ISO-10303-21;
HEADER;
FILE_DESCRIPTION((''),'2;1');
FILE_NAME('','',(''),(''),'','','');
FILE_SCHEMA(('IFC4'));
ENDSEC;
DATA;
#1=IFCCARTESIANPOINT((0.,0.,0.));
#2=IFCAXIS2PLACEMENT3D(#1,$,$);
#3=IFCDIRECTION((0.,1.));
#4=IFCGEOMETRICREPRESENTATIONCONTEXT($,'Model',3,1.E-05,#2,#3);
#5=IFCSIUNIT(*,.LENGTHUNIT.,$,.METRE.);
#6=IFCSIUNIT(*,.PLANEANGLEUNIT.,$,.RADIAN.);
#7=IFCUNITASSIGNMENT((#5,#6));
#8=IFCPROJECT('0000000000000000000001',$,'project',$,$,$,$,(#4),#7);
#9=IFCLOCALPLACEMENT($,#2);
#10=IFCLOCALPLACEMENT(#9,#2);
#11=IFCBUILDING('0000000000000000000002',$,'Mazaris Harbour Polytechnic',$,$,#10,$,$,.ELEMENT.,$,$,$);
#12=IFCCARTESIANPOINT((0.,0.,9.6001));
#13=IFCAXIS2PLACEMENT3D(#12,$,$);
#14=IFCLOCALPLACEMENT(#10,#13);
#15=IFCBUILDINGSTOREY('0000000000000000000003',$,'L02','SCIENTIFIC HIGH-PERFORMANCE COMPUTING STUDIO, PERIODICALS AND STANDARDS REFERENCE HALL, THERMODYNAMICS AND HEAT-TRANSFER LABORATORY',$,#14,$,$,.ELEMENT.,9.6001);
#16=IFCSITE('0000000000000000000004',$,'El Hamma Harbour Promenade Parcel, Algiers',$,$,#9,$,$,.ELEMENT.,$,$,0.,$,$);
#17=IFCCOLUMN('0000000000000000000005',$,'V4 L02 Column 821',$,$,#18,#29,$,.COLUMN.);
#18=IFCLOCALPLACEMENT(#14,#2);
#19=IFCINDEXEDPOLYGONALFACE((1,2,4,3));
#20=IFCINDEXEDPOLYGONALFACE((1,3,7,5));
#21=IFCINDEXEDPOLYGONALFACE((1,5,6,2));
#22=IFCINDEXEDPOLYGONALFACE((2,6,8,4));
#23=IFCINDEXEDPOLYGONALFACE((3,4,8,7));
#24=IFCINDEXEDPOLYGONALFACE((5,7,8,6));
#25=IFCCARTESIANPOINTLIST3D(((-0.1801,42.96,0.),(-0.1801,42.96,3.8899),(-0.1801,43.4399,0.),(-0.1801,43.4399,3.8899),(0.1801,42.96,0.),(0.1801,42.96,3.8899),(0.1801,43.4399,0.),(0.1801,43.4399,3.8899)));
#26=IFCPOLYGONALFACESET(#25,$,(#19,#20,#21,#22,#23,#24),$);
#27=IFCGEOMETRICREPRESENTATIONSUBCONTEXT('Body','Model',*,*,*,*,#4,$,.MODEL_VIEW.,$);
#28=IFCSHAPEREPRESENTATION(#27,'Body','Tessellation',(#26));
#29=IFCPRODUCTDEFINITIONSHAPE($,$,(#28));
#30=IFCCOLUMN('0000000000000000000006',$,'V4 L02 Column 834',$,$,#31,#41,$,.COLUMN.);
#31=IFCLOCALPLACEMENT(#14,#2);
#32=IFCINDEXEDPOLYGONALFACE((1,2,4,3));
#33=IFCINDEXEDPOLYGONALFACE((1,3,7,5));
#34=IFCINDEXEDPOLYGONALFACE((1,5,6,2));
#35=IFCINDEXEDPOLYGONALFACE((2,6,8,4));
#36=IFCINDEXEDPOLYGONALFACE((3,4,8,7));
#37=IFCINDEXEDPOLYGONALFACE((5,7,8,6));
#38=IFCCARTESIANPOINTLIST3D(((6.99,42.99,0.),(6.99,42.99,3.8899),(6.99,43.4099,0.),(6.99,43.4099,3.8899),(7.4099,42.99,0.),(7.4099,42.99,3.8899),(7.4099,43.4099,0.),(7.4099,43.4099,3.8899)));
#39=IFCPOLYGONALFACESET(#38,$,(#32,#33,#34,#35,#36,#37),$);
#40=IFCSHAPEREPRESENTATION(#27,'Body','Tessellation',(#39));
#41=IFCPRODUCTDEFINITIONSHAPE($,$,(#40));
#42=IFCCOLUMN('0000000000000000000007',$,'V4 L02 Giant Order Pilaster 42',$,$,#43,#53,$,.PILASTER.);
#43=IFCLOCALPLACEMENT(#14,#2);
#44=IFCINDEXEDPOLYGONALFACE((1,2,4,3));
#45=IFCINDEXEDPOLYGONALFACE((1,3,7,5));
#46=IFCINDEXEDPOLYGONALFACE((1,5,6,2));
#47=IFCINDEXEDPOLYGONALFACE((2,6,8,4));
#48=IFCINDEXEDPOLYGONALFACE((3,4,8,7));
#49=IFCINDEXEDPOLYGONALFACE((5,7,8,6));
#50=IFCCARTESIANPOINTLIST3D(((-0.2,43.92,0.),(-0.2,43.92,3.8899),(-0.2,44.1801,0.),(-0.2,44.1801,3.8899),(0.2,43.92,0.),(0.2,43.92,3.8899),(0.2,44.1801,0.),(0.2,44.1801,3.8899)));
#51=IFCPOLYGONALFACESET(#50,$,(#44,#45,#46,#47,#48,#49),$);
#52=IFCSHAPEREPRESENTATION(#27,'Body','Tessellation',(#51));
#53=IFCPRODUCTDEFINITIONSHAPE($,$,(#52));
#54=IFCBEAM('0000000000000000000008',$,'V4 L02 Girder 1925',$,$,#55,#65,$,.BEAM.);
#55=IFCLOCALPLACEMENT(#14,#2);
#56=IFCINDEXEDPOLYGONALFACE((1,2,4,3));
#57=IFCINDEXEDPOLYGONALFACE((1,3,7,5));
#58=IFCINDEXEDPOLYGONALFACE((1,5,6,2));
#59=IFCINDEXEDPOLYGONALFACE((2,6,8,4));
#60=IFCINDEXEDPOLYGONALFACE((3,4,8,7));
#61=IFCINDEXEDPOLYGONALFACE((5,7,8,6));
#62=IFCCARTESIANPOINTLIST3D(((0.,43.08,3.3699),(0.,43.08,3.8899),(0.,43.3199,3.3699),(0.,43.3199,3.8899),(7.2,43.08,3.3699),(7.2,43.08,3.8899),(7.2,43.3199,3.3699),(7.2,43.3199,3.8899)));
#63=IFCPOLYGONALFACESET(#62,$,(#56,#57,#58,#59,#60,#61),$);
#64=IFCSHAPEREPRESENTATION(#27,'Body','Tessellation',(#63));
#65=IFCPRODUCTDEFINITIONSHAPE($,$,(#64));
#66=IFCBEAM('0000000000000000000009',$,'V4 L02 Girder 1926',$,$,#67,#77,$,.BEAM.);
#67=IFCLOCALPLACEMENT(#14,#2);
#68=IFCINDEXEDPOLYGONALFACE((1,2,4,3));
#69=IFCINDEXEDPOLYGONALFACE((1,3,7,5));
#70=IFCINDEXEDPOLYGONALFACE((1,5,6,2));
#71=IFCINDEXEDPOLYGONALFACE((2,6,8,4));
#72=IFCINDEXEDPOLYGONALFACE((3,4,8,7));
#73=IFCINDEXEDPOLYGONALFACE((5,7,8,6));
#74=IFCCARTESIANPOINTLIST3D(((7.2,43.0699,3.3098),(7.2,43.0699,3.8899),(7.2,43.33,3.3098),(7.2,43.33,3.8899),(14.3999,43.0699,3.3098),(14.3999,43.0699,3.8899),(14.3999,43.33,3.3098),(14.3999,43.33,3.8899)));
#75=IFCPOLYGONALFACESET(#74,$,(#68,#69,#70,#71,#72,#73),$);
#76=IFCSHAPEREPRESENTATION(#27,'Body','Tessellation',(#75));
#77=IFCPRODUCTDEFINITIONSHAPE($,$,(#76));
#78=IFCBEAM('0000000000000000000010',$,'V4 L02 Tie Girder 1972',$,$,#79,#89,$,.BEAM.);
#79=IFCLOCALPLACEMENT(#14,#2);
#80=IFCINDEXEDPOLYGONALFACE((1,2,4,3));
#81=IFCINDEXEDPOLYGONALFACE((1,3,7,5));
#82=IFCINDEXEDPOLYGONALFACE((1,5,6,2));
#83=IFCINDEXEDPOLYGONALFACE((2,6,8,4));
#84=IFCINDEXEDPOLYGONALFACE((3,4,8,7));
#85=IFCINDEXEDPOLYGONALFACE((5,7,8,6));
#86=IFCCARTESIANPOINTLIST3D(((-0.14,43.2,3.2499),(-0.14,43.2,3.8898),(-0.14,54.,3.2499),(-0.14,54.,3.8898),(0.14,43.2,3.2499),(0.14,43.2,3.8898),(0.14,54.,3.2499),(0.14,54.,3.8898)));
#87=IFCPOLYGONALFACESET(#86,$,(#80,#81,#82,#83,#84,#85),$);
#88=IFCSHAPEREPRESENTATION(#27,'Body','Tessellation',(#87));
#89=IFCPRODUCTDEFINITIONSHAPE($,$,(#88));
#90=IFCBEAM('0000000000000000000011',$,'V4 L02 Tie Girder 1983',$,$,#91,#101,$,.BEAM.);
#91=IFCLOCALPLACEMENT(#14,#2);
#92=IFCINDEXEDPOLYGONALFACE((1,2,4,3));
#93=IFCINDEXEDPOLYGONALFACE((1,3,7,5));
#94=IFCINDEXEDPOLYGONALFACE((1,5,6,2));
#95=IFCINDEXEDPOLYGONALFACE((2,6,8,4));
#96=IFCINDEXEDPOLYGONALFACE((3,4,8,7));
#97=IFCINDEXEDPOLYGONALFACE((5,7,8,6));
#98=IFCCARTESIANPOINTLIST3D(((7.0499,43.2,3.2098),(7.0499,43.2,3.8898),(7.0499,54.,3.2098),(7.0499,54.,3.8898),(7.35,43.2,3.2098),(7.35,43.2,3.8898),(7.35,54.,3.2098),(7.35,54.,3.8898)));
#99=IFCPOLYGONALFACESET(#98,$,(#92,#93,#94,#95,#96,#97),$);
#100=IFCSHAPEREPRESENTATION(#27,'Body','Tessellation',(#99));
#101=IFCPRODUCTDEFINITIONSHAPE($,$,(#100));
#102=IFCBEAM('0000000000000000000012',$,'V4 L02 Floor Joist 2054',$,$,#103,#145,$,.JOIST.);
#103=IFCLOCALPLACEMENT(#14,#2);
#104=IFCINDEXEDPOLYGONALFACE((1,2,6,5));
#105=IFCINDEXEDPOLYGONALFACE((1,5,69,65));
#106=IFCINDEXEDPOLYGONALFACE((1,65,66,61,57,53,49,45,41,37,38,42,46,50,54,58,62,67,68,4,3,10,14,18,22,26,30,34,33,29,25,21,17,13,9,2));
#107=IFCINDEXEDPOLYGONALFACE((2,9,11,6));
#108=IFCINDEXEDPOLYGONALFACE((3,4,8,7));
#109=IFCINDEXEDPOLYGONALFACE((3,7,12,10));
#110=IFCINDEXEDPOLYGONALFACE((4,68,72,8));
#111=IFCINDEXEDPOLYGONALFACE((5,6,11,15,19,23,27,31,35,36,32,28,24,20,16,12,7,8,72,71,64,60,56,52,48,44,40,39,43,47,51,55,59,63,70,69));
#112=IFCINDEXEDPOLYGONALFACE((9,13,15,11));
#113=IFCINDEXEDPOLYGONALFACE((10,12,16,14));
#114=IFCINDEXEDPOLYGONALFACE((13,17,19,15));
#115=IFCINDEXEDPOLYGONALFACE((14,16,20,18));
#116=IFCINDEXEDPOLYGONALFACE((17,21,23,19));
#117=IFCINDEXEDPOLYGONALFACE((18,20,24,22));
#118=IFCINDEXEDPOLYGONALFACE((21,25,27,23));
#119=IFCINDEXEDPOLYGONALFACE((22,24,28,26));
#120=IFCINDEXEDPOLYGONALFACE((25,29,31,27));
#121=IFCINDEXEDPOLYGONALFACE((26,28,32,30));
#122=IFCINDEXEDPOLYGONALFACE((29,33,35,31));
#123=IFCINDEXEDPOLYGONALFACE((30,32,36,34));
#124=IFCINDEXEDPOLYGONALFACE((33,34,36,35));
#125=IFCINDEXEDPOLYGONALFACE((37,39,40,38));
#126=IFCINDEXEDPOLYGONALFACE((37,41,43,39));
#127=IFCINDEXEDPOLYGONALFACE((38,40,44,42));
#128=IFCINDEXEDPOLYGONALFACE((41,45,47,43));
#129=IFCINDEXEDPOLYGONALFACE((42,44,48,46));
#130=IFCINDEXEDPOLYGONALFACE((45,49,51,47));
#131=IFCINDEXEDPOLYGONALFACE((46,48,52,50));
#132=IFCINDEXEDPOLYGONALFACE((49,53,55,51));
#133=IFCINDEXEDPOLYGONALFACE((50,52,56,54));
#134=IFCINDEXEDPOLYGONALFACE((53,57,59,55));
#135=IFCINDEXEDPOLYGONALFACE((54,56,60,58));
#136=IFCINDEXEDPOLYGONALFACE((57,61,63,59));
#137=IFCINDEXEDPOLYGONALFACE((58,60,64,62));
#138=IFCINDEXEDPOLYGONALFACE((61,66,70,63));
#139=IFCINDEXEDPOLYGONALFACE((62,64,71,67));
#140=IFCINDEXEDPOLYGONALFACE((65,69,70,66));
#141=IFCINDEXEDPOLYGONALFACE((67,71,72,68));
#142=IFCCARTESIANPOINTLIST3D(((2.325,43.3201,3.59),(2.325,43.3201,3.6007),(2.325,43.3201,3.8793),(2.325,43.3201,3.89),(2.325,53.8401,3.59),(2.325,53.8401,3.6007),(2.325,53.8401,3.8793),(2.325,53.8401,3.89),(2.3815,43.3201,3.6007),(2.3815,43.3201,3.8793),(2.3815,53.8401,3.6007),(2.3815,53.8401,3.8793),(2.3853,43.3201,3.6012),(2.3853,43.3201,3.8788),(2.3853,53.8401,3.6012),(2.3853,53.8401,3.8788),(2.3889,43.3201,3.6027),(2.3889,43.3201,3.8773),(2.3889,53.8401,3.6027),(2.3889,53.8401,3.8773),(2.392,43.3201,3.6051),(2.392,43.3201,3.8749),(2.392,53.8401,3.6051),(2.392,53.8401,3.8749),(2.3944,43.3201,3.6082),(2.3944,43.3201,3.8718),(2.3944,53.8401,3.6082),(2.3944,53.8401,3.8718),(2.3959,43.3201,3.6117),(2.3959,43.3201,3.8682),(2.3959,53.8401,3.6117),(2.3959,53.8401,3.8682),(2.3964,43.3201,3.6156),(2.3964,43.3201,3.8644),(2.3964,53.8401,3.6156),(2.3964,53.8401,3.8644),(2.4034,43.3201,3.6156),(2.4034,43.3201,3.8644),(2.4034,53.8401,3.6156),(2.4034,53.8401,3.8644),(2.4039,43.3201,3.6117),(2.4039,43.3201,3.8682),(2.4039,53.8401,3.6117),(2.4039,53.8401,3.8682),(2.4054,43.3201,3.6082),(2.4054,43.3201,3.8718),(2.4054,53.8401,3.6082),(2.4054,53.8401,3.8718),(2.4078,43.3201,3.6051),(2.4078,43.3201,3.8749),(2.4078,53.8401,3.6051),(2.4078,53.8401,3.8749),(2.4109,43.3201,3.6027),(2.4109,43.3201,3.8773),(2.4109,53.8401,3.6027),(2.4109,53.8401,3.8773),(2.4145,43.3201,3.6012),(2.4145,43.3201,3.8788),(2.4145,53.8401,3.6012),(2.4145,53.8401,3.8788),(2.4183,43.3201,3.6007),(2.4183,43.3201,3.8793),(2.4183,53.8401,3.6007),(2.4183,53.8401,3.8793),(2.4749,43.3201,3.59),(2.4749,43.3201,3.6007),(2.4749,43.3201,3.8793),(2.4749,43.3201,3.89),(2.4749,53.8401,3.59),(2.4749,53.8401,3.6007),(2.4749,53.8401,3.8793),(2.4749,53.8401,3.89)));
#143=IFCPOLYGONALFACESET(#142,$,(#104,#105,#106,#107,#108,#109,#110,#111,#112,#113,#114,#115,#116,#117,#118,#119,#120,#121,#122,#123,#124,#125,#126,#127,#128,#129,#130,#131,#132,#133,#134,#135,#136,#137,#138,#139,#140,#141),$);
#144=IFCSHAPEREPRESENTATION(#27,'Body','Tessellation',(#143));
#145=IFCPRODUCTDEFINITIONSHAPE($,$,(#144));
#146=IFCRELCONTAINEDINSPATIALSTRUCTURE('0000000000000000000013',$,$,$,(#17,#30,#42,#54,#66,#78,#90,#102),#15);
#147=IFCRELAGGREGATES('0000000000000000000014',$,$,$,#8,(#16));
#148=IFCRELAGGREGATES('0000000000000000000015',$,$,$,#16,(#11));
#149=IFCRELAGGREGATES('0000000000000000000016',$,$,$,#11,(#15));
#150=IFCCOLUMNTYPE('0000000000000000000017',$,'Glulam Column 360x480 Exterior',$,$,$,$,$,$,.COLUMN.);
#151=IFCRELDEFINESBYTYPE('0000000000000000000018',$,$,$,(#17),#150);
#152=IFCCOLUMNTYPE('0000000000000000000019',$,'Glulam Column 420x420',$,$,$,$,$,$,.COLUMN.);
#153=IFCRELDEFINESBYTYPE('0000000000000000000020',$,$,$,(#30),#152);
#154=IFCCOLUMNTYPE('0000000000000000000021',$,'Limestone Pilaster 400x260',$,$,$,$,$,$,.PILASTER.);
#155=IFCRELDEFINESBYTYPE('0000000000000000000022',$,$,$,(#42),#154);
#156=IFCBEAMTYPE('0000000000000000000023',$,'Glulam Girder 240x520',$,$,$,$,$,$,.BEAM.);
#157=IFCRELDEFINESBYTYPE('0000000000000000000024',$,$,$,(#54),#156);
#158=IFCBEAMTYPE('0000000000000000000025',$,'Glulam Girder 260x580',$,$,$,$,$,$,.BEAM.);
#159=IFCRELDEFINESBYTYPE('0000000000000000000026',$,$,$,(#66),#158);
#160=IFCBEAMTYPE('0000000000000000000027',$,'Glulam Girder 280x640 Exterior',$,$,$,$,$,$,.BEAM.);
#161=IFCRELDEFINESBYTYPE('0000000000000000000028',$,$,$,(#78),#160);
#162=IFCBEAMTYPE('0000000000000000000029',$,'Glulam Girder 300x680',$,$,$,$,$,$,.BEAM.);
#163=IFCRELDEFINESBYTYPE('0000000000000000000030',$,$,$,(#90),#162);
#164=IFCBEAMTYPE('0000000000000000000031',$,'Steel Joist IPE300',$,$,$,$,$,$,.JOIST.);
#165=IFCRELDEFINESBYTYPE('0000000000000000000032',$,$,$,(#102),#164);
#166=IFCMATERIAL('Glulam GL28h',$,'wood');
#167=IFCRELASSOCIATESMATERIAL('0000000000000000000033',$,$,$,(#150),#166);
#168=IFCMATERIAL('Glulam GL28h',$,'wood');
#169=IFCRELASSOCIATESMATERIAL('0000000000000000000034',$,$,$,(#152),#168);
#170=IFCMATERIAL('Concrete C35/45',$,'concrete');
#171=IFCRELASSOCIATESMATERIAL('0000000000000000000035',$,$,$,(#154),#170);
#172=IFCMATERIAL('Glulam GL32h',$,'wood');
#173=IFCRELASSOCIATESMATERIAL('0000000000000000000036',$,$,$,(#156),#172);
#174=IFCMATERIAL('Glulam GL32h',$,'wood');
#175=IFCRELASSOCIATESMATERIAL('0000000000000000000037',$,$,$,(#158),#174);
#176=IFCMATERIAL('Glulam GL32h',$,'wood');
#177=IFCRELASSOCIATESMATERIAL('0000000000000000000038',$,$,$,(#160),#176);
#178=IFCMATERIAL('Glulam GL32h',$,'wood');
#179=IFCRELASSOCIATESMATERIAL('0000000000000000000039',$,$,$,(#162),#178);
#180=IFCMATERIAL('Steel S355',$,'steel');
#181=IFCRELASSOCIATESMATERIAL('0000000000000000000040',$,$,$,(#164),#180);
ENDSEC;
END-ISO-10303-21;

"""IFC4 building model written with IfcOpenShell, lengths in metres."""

from ifc_helpers import new_model, si_unit, direction, frame, origin, origin_2d, place, context, subcontext, project, spatial, rectangle, i_section, extrude, material, material_profile, profile_set, type_object, element, save


model = new_model("IFC4")

# Units and contexts
model_context = context("Model", 3, precision=1e-05, world=origin(), true_north=direction((0.0, 1.0)))
body_context = subcontext(model_context, "Body", "Model", "MODEL_VIEW")
ifc_project = project(units=[si_unit("LENGTHUNIT", "METRE"), si_unit("PLANEANGLEUNIT", "RADIAN")], contexts=[model_context])

# Site, building, storey
site_placement = place(None, origin())
site = spatial("IfcSite", under=ifc_project, at=site_placement, Name="El Hamma Harbour Promenade Parcel, Algiers", CompositionType="ELEMENT", RefElevation=0.0)
building_placement = place(site_placement, origin())
building = spatial("IfcBuilding", under=site, at=building_placement, Name="Mazaris Harbour Polytechnic", CompositionType="ELEMENT")
storey_placement = place(building_placement, frame((0.0, 0.0, 9.6001)))
storey = spatial("IfcBuildingStorey", under=building, at=storey_placement, Name="L02", Description="SCIENTIFIC HIGH-PERFORMANCE COMPUTING STUDIO, PERIODICALS AND STANDARDS REFERENCE HALL, THERMODYNAMICS AND HEAT-TRANSFER LABORATORY", CompositionType="ELEMENT", Elevation=9.6001)

# Columns
ifc_material_1 = material(Name="Glulam GL28h", Category="wood")
ifc_material_profile_1 = material_profile(ifc_material_1, rectangle(XDim=0.3601, YDim=0.48, at=origin_2d()), Name="RECT360x480")
ifc_profile_set_1 = profile_set([ifc_material_profile_1], Name="Glulam GL28h")
column_type_1 = type_object("IfcColumnType", Name="Glulam Column 360x480 Exterior", PredefinedType="COLUMN", material=ifc_profile_set_1)
column_1_placement = place(storey_placement, frame((0.0, 43.2, 0.0), z_axis=(0.0, 0.0, 1.0), x_axis=(1.0, 0.0, 0.0)))
element("IfcColumn", 1, at=column_1_placement, inside=storey, type_object=column_type_1, Name="V4 L02 Column 821", PredefinedType="COLUMN", context=body_context, shape_type="SweptSolid", body=[
    extrude(rectangle(XDim=0.3601, YDim=0.48, at=origin_2d()), origin(), (0.0, 0.0, 1.0), 3.8899),
])
ifc_material_2 = material(Name="Glulam GL28h", Category="wood")
ifc_material_profile_2 = material_profile(ifc_material_2, rectangle(XDim=0.4199, YDim=0.4199, at=origin_2d()), Name="RECT420x420")
ifc_profile_set_2 = profile_set([ifc_material_profile_2], Name="Glulam GL28h")
column_type_2 = type_object("IfcColumnType", Name="Glulam Column 420x420", PredefinedType="COLUMN", material=ifc_profile_set_2)
column_2_placement = place(storey_placement, frame((7.2, 43.2, 0.0), z_axis=(0.0, 0.0, 1.0), x_axis=(1.0, 0.0, 0.0)))
element("IfcColumn", 2, at=column_2_placement, inside=storey, type_object=column_type_2, Name="V4 L02 Column 834", PredefinedType="COLUMN", context=body_context, shape_type="SweptSolid", body=[
    extrude(rectangle(XDim=0.4199, YDim=0.4199, at=origin_2d()), origin(), (0.0, 0.0, 1.0), 3.8899),
])
ifc_material_3 = material(Name="Concrete C35/45", Category="concrete")
ifc_material_profile_3 = material_profile(ifc_material_3, rectangle(XDim=0.3999, YDim=0.26, at=origin_2d()), Name="RECT400x260")
ifc_profile_set_3 = profile_set([ifc_material_profile_3], Name="Concrete C35/45")
column_type_3 = type_object("IfcColumnType", Name="Limestone Pilaster 400x260", PredefinedType="PILASTER", material=ifc_profile_set_3)
column_3_placement = place(storey_placement, frame((0.0, 44.05, 0.0), z_axis=(0.0, 0.0, 1.0), x_axis=(1.0, 0.0, 0.0)))
element("IfcColumn", 3, at=column_3_placement, inside=storey, type_object=column_type_3, Name="V4 L02 Giant Order Pilaster 42", PredefinedType="PILASTER", context=body_context, shape_type="SweptSolid", body=[
    extrude(rectangle(XDim=0.3999, YDim=0.26, at=origin_2d()), origin(), (0.0, 0.0, 1.0), 3.8899),
])

# Beams
ifc_material_4 = material(Name="Glulam GL32h", Category="wood")
ifc_material_profile_4 = material_profile(ifc_material_4, rectangle(XDim=0.24, YDim=0.52, at=origin_2d()), Name="RECT240x520")
ifc_profile_set_4 = profile_set([ifc_material_profile_4], Name="Glulam GL32h")
beam_type_1 = type_object("IfcBeamType", Name="Glulam Girder 240x520", PredefinedType="BEAM", material=ifc_profile_set_4)
beam_1_placement = place(storey_placement, frame((0.0, 43.2, 3.6299), z_axis=(1.0, 0.0, 0.0), x_axis=(0.0, 1.0, 0.0)))
element("IfcBeam", 4, at=beam_1_placement, inside=storey, type_object=beam_type_1, Name="V4 L02 Girder 1925", PredefinedType="BEAM", context=body_context, shape_type="SweptSolid", body=[
    extrude(rectangle(XDim=0.24, YDim=0.52, at=origin_2d()), origin(), (0.0, 0.0, 1.0), 7.2),
])
ifc_material_5 = material(Name="Glulam GL32h", Category="wood")
ifc_material_profile_5 = material_profile(ifc_material_5, rectangle(XDim=0.26, YDim=0.5801, at=origin_2d()), Name="RECT260x580")
ifc_profile_set_5 = profile_set([ifc_material_profile_5], Name="Glulam GL32h")
beam_type_2 = type_object("IfcBeamType", Name="Glulam Girder 260x580", PredefinedType="BEAM", material=ifc_profile_set_5)
beam_2_placement = place(storey_placement, frame((7.2, 43.2, 3.5999), z_axis=(1.0, 0.0, 0.0), x_axis=(0.0, 1.0, 0.0)))
element("IfcBeam", 5, at=beam_2_placement, inside=storey, type_object=beam_type_2, Name="V4 L02 Girder 1926", PredefinedType="BEAM", context=body_context, shape_type="SweptSolid", body=[
    extrude(rectangle(XDim=0.26, YDim=0.5801, at=origin_2d()), origin(), (0.0, 0.0, 1.0), 7.2),
])
ifc_material_6 = material(Name="Glulam GL32h", Category="wood")
ifc_material_profile_6 = material_profile(ifc_material_6, rectangle(XDim=0.28, YDim=0.6399, at=origin_2d()), Name="RECT280x640")
ifc_profile_set_6 = profile_set([ifc_material_profile_6], Name="Glulam GL32h")
beam_type_3 = type_object("IfcBeamType", Name="Glulam Girder 280x640 Exterior", PredefinedType="BEAM", material=ifc_profile_set_6)
beam_3_placement = place(storey_placement, frame((0.0, 43.2, 3.5698), z_axis=(0.0, 1.0, 0.0), x_axis=(-1.0, 0.0, 0.0)))
element("IfcBeam", 6, at=beam_3_placement, inside=storey, type_object=beam_type_3, Name="V4 L02 Tie Girder 1972", PredefinedType="BEAM", context=body_context, shape_type="SweptSolid", body=[
    extrude(rectangle(XDim=0.28, YDim=0.6399, at=origin_2d()), origin(), (0.0, 0.0, 1.0), 10.8),
])
ifc_material_7 = material(Name="Glulam GL32h", Category="wood")
ifc_material_profile_7 = material_profile(ifc_material_7, rectangle(XDim=0.3, YDim=0.6799, at=origin_2d()), Name="RECT300x680")
ifc_profile_set_7 = profile_set([ifc_material_profile_7], Name="Glulam GL32h")
beam_type_4 = type_object("IfcBeamType", Name="Glulam Girder 300x680", PredefinedType="BEAM", material=ifc_profile_set_7)
beam_4_placement = place(storey_placement, frame((7.2, 43.2, 3.5498), z_axis=(0.0, 1.0, 0.0), x_axis=(-1.0, 0.0, 0.0)))
element("IfcBeam", 7, at=beam_4_placement, inside=storey, type_object=beam_type_4, Name="V4 L02 Tie Girder 1983", PredefinedType="BEAM", context=body_context, shape_type="SweptSolid", body=[
    extrude(rectangle(XDim=0.3, YDim=0.6799, at=origin_2d()), origin(), (0.0, 0.0, 1.0), 10.8),
])
ifc_material_8 = material(Name="Steel S355", Category="steel")
ifc_material_profile_8 = material_profile(ifc_material_8, i_section(OverallWidth=0.1499, OverallDepth=0.3, WebThickness=0.0071, FlangeThickness=0.0107, FilletRadius=0.0149, at=origin_2d()), Name="IPE 300")
ifc_profile_set_8 = profile_set([ifc_material_profile_8], Name="Steel S355")
beam_type_5 = type_object("IfcBeamType", Name="Steel Joist IPE300", PredefinedType="JOIST", material=ifc_profile_set_8)
beam_5_placement = place(storey_placement, frame((2.3999, 43.3201, 3.74), z_axis=(0.0, 1.0, 0.0), x_axis=(-1.0, 0.0, 0.0)))
element("IfcBeam", 8, at=beam_5_placement, inside=storey, type_object=beam_type_5, Name="V4 L02 Floor Joist 2054", PredefinedType="JOIST", context=body_context, shape_type="SweptSolid", body=[
    extrude(i_section(OverallWidth=0.1499, OverallDepth=0.3, WebThickness=0.0071, FlangeThickness=0.0107, FilletRadius=0.0149, at=origin_2d()), origin(), (0.0, 0.0, 1.0), 10.52),
])

save(model, "model.ifc")
